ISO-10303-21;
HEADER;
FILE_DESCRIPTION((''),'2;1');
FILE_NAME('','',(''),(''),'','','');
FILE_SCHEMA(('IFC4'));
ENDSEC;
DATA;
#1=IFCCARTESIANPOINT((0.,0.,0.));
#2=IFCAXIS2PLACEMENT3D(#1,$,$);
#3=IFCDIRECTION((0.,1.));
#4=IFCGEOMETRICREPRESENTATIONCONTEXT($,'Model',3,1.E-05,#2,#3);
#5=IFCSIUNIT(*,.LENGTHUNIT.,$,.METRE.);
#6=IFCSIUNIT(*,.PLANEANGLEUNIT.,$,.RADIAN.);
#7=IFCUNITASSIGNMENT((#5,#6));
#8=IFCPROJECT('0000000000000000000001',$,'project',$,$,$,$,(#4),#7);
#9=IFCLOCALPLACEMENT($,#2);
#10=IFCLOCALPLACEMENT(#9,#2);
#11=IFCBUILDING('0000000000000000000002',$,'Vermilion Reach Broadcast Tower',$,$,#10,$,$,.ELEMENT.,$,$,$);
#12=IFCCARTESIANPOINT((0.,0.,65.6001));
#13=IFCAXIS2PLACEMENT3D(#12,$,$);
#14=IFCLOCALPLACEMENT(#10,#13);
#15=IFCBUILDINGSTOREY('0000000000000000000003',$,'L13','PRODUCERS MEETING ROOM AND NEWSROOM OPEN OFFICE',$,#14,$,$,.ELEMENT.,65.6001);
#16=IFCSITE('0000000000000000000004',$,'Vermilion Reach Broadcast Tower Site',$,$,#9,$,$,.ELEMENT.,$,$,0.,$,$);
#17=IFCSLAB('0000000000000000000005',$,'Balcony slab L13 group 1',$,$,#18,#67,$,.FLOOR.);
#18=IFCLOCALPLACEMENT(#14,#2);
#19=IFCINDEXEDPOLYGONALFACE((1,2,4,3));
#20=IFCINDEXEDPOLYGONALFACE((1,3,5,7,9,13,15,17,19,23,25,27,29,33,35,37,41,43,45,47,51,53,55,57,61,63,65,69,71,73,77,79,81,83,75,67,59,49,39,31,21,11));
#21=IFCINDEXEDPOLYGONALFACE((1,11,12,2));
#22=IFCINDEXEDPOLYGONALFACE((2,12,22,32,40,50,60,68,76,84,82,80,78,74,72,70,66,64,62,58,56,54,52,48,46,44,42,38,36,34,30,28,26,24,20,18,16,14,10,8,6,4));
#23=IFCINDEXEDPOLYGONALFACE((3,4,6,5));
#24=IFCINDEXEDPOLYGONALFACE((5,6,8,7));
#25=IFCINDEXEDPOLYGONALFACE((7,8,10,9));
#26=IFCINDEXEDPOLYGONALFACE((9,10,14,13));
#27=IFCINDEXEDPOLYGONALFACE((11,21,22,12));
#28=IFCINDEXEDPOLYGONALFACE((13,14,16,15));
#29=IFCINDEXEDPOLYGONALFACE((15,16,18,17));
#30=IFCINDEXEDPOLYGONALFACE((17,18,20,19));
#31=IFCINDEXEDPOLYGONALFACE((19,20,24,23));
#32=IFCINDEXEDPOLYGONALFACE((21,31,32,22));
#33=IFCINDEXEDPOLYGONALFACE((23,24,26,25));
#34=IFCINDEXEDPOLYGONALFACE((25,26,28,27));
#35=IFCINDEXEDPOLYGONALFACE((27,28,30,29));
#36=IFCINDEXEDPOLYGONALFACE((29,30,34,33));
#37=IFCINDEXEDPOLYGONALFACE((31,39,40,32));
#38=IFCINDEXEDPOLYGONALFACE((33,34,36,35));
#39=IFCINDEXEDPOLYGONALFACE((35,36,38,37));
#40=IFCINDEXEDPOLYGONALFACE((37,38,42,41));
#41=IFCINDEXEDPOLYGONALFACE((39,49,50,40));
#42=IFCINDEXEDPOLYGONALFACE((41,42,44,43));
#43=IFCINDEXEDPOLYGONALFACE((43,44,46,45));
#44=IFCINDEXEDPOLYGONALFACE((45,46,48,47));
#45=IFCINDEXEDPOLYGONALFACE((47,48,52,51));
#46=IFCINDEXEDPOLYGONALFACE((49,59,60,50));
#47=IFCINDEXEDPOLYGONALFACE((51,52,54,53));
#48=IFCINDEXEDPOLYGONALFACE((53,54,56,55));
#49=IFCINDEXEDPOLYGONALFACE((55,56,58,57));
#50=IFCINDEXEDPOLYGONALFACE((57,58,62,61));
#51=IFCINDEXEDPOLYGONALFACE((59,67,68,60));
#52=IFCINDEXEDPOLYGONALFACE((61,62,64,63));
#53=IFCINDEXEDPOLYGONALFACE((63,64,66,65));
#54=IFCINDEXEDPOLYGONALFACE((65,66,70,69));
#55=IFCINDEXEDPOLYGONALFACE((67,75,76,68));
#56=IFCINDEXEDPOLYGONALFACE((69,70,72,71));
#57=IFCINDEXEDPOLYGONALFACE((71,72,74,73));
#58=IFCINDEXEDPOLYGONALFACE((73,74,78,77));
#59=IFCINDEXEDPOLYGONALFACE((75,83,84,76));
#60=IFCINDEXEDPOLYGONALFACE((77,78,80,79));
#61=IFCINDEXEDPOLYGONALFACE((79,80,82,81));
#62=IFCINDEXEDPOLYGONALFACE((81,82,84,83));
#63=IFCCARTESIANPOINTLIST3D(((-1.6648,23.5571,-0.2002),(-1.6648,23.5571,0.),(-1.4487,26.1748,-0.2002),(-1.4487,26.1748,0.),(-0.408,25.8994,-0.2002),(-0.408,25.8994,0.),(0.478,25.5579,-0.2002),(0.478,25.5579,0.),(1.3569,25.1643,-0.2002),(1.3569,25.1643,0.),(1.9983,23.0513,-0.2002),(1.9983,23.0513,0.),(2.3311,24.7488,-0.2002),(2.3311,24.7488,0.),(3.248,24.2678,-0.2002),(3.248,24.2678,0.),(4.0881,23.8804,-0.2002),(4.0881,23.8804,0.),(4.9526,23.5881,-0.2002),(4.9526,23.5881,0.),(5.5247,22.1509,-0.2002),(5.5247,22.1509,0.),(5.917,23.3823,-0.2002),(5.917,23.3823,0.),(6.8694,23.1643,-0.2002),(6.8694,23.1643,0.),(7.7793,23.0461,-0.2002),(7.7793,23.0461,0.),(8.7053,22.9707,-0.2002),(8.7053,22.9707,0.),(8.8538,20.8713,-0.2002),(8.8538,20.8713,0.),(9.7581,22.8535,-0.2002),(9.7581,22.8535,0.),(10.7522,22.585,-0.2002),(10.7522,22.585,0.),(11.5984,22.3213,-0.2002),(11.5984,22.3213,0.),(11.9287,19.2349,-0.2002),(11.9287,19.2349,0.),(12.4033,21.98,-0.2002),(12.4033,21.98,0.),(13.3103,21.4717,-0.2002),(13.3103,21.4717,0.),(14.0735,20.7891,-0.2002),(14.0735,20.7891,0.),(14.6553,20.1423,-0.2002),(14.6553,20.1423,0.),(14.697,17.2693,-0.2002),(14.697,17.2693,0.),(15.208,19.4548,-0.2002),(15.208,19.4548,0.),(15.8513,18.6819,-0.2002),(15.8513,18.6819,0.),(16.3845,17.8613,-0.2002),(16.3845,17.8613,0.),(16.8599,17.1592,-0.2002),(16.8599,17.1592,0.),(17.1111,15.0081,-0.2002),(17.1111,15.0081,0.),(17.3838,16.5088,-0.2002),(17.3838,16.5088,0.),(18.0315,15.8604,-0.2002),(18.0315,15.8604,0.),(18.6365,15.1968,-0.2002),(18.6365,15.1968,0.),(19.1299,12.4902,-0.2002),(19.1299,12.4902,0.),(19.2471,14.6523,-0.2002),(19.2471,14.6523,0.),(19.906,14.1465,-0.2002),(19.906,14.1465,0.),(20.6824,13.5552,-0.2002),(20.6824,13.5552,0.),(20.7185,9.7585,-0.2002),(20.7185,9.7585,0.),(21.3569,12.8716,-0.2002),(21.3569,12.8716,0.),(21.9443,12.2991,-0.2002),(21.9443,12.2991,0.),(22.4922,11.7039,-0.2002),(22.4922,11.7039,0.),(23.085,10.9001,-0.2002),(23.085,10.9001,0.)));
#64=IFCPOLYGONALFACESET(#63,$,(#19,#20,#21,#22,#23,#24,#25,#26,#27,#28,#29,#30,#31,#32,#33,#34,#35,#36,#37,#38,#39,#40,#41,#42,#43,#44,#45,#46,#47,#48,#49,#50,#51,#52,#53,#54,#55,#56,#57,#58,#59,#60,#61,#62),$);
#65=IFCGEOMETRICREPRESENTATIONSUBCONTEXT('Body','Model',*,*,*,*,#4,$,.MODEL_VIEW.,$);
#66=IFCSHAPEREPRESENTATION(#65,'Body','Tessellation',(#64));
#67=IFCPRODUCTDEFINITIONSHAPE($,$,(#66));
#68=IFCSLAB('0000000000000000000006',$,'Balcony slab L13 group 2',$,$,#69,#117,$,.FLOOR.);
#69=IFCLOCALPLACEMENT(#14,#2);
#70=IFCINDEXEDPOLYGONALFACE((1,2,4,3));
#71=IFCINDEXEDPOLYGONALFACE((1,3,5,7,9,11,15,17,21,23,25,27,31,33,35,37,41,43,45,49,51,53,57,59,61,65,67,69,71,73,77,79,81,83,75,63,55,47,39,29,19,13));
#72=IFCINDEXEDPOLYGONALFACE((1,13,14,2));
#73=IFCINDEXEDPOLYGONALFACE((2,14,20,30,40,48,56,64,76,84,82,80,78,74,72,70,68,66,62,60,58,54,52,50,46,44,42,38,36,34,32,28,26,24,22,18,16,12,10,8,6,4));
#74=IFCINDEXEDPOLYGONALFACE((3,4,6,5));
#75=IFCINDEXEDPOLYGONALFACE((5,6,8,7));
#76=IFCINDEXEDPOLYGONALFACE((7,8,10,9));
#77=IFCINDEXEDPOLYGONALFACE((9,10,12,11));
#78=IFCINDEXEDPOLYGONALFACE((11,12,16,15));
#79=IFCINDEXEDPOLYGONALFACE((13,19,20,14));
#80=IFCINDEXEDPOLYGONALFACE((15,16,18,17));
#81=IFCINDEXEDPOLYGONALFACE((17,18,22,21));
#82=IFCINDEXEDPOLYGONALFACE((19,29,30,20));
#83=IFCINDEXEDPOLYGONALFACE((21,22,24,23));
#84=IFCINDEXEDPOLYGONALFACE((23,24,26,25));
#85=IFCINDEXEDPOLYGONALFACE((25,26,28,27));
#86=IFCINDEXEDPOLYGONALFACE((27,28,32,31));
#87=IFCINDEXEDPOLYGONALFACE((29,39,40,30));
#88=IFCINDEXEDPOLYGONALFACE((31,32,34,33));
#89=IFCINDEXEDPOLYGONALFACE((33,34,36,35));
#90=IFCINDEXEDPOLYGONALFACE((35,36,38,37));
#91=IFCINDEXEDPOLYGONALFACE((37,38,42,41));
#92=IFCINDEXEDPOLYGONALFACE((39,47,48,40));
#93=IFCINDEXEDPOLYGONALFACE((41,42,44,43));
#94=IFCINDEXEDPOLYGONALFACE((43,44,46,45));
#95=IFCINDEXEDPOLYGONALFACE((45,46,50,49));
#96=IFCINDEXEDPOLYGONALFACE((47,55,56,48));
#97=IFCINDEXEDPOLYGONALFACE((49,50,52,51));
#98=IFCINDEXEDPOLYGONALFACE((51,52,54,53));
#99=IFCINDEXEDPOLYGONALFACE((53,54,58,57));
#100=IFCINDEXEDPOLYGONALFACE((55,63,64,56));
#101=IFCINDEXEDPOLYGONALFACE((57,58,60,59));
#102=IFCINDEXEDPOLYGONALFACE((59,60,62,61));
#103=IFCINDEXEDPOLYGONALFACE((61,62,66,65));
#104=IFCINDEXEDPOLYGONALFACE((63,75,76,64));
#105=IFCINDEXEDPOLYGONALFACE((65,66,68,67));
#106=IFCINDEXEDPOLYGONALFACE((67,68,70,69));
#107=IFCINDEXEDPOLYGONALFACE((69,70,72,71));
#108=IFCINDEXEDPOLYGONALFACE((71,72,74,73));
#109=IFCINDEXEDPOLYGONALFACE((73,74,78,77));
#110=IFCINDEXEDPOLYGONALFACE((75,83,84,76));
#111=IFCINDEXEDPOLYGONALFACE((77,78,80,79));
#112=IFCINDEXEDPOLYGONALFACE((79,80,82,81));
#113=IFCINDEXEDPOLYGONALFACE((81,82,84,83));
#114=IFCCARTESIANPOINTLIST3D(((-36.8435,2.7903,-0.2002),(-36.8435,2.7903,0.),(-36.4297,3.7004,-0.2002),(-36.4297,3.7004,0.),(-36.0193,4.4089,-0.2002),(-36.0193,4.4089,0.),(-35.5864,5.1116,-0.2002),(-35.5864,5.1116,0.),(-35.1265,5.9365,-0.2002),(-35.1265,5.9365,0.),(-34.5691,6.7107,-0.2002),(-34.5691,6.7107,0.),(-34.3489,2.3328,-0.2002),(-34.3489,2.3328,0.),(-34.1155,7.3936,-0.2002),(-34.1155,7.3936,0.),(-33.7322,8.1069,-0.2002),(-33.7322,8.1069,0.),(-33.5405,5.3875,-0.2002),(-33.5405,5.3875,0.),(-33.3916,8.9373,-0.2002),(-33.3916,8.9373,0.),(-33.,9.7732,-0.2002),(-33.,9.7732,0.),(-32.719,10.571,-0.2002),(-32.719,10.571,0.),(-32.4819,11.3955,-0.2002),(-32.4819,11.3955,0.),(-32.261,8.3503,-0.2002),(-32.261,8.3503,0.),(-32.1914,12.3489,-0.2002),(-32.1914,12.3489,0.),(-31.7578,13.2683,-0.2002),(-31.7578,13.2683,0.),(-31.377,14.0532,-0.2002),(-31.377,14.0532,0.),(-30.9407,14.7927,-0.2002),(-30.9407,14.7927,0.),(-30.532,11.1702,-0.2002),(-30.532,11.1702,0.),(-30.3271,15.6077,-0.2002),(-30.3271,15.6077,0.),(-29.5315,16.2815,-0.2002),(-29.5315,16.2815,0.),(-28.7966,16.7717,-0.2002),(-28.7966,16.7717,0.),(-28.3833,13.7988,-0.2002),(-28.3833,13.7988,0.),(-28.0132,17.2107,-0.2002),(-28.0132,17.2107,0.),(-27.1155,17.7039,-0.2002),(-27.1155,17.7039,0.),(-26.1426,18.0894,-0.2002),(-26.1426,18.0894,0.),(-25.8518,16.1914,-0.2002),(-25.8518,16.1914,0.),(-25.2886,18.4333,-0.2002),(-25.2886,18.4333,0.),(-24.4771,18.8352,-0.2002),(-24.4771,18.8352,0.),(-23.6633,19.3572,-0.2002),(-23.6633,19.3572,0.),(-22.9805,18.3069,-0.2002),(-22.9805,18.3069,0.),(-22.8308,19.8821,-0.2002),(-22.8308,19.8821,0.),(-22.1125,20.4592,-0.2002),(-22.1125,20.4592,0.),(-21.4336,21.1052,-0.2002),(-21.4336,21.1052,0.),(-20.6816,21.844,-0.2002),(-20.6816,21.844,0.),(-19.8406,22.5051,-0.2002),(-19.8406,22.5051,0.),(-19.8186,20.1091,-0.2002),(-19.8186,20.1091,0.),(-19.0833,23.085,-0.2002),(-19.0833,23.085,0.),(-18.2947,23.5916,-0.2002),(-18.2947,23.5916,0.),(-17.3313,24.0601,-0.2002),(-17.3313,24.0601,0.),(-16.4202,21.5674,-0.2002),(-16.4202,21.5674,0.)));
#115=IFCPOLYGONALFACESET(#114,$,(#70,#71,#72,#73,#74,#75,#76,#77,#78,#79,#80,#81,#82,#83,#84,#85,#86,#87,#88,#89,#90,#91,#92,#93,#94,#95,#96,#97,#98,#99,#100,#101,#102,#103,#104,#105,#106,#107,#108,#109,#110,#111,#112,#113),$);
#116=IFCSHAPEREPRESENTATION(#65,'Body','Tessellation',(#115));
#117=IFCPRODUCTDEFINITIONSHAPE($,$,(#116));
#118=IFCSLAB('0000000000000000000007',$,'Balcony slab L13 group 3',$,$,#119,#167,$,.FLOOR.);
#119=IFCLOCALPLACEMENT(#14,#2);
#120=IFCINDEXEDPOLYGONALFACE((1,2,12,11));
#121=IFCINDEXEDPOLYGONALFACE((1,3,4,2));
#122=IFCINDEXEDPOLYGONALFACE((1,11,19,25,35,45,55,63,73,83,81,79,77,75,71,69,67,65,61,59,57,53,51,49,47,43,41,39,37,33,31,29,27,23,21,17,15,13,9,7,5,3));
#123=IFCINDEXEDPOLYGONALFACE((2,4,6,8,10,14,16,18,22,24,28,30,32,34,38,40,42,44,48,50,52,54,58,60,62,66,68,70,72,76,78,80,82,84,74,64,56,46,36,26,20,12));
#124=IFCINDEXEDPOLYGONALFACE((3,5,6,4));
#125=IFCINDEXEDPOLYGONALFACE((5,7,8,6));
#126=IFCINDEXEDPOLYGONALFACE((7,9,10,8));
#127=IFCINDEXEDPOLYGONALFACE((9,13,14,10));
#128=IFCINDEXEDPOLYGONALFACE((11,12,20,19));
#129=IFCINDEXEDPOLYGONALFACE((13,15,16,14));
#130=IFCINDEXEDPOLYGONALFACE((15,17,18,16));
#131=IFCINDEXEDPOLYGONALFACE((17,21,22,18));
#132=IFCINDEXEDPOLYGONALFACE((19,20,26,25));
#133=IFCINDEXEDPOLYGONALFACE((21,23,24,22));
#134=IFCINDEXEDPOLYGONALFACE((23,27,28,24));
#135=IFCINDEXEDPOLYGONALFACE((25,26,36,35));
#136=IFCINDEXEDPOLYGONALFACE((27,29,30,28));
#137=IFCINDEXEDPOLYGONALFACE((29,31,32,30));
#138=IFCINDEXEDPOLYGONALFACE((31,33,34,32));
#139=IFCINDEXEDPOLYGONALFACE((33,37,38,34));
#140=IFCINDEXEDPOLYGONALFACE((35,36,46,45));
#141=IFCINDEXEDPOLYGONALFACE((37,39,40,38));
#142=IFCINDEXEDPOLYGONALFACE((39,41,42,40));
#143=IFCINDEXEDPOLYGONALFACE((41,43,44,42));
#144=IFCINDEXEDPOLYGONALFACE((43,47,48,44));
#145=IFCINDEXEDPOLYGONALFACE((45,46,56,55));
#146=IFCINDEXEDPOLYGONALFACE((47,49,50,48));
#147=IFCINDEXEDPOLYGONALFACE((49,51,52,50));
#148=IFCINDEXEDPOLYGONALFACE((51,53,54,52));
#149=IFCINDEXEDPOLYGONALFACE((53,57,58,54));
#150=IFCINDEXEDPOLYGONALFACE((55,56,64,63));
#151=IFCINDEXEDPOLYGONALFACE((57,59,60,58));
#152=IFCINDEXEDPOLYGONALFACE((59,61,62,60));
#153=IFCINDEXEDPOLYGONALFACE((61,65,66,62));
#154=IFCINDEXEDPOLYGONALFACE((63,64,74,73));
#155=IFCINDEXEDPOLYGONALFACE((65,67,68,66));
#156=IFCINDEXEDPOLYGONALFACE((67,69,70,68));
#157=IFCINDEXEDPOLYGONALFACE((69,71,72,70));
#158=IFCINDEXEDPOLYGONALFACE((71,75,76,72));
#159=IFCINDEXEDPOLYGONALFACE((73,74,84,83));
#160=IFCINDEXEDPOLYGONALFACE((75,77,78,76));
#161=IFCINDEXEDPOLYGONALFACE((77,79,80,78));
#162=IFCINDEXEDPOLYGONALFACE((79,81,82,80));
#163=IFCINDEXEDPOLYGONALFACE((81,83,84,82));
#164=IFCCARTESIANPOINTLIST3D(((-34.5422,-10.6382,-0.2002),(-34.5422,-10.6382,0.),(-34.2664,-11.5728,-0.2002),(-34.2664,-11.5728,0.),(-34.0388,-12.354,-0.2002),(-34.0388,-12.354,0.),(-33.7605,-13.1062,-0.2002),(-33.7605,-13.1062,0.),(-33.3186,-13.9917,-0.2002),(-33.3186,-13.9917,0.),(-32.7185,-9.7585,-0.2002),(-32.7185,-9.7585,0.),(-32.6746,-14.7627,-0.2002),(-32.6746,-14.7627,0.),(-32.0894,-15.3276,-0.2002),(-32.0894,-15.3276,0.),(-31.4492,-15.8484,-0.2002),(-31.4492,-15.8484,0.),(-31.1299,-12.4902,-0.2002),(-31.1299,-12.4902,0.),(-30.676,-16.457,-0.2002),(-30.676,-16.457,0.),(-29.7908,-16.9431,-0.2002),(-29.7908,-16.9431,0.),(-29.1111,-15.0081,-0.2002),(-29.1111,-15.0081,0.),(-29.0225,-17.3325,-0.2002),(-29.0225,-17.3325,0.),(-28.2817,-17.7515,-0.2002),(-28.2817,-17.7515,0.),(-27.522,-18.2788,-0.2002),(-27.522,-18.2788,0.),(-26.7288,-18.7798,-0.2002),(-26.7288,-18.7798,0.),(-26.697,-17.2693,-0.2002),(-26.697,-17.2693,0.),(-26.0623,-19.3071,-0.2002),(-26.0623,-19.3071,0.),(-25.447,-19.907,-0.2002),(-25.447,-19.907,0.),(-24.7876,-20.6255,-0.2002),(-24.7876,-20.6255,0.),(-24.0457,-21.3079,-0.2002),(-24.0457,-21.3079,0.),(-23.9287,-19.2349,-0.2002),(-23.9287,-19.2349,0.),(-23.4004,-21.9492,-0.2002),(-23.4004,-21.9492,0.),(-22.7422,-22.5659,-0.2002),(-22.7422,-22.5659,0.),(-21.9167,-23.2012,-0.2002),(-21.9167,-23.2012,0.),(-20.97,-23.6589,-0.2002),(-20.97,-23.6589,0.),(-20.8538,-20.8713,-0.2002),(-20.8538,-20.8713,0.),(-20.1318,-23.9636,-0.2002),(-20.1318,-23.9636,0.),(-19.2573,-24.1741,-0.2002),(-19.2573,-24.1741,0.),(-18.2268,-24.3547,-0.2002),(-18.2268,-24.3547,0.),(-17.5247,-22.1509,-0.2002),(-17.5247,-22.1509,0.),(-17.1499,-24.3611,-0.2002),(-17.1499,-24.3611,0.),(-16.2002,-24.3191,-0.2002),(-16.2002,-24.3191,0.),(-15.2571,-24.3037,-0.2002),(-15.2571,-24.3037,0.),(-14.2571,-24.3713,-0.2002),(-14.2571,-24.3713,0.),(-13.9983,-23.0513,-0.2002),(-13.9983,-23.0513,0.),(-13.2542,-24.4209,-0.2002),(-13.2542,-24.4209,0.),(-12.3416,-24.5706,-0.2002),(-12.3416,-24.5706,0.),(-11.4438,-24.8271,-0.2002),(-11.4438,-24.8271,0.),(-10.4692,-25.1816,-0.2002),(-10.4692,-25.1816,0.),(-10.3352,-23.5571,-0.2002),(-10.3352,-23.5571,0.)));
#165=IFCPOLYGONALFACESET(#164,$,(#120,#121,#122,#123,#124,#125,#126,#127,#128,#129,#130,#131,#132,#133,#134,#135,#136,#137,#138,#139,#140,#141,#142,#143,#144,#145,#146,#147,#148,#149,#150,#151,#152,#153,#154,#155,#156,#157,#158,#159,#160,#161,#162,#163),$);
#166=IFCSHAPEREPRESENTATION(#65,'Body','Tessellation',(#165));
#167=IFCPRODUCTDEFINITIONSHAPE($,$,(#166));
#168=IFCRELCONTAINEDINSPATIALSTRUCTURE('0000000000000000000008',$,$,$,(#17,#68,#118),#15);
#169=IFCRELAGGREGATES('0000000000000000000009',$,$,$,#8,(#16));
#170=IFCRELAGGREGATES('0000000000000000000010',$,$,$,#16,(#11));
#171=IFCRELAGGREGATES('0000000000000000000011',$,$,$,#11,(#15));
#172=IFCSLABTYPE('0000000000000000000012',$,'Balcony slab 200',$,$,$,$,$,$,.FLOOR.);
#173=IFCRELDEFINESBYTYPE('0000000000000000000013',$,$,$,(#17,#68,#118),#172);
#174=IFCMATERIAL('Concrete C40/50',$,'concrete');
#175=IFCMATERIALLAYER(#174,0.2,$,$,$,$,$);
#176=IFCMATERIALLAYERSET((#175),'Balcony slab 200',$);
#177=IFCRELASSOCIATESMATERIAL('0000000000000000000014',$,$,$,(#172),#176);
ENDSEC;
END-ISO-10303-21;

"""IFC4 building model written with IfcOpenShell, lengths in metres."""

from ifc_helpers import new_model, si_unit, direction, frame, origin, place, context, subcontext, project, spatial, polyline, outline, extrude, material, layer, layer_set, type_object, element, save


model = new_model("IFC4")

# Units and contexts
model_context = context("Model", 3, precision=1e-05, world=origin(), true_north=direction((0.0, 1.0)))
body_context = subcontext(model_context, "Body", "Model", "MODEL_VIEW")
ifc_project = project(units=[si_unit("LENGTHUNIT", "METRE"), si_unit("PLANEANGLEUNIT", "RADIAN")], contexts=[model_context])

# Site, building, storey
site_placement = place(None, origin())
site = spatial("IfcSite", under=ifc_project, at=site_placement, Name="Vermilion Reach Broadcast Tower Site", CompositionType="ELEMENT", RefElevation=0.0)
building_placement = place(site_placement, origin())
building = spatial("IfcBuilding", under=site, at=building_placement, Name="Vermilion Reach Broadcast Tower", CompositionType="ELEMENT")
storey_placement = place(building_placement, frame((0.0, 0.0, 65.6001)))
storey = spatial("IfcBuildingStorey", under=building, at=storey_placement, Name="L13", Description="PRODUCERS MEETING ROOM AND NEWSROOM OPEN OFFICE", CompositionType="ELEMENT", Elevation=65.6001)

# Slabs
ifc_material_1 = material(Name="Concrete C40/50", Category="concrete")
ifc_layer_1 = layer(ifc_material_1, 0.2)
ifc_layer_set_1 = layer_set([ifc_layer_1], Name="Balcony slab 200")
slab_type_1 = type_object("IfcSlabType", Name="Balcony slab 200", PredefinedType="FLOOR", material=ifc_layer_set_1)
placement_1 = place(storey_placement, frame((0.0, 0.0, -0.2002)))
element("IfcSlab", 1, at=placement_1, inside=storey, type_object=slab_type_1, Name="Balcony slab L13 group 1", PredefinedType="FLOOR", context=body_context, shape_type="SweptSolid", body=[
    extrude(outline(polyline([(20.7185, 9.7585), (19.1299, 12.4902), (17.1111, 15.0081), (14.697, 17.2693), (11.9287, 19.2349), (8.8538, 20.8713), (5.5247, 22.1509), (1.9983, 23.0513), (-1.6648, 23.5571), (-1.4487, 26.1748), (-0.408, 25.8994), (0.478, 25.5579), (1.3569, 25.1643), (2.3311, 24.7488), (3.248, 24.2678), (4.0881, 23.8804), (4.9526, 23.5881), (5.917, 23.3823), (6.8694, 23.1643), (7.7793, 23.0461), (8.7053, 22.9707), (9.7581, 22.8535), (10.7522, 22.585), (11.5984, 22.3213), (12.4033, 21.98), (13.3103, 21.4717), (14.0735, 20.7891), (14.6553, 20.1423), (15.208, 19.4548), (15.8513, 18.6819), (16.3845, 17.8613), (16.8599, 17.1592), (17.3838, 16.5088), (18.0315, 15.8604), (18.6365, 15.1968), (19.2471, 14.6523), (19.906, 14.1465), (20.6824, 13.5552), (21.3569, 12.8716), (21.9443, 12.2991), (22.4922, 11.7039), (23.085, 10.9001), (20.7185, 9.7585)])), origin(), (0.0, 0.0, 1.0), 0.2002),
])
element("IfcSlab", 2, at=placement_1, inside=storey, type_object=slab_type_1, Name="Balcony slab L13 group 2", PredefinedType="FLOOR", context=body_context, shape_type="SweptSolid", body=[
    extrude(outline(polyline([(-16.4202, 21.5674), (-19.8186, 20.1091), (-22.9805, 18.3069), (-25.8518, 16.1914), (-28.3833, 13.7988), (-30.532, 11.1702), (-32.261, 8.3503), (-33.5405, 5.3875), (-34.3489, 2.3328), (-36.8435, 2.7903), (-36.4297, 3.7004), (-36.0193, 4.4089), (-35.5864, 5.1116), (-35.1265, 5.9365), (-34.5691, 6.7107), (-34.1155, 7.3936), (-33.7322, 8.1069), (-33.3916, 8.9373), (-33.0, 9.7732), (-32.719, 10.571), (-32.4819, 11.3955), (-32.1914, 12.3489), (-31.7578, 13.2683), (-31.377, 14.0532), (-30.9407, 14.7927), (-30.3271, 15.6077), (-29.5315, 16.2815), (-28.7966, 16.7717), (-28.0132, 17.2107), (-27.1155, 17.7039), (-26.1426, 18.0894), (-25.2886, 18.4333), (-24.4771, 18.8352), (-23.6633, 19.3572), (-22.8308, 19.8821), (-22.1125, 20.4592), (-21.4336, 21.1052), (-20.6816, 21.844), (-19.8406, 22.5051), (-19.0833, 23.085), (-18.2947, 23.5916), (-17.3313, 24.0601), (-16.4202, 21.5674)])), origin(), (0.0, 0.0, 1.0), 0.2002),
])
element("IfcSlab", 3, at=placement_1, inside=storey, type_object=slab_type_1, Name="Balcony slab L13 group 3", PredefinedType="FLOOR", context=body_context, shape_type="SweptSolid", body=[
    extrude(outline(polyline([(-32.7185, -9.7585), (-31.1299, -12.4902), (-29.1111, -15.0081), (-26.697, -17.2693), (-23.9287, -19.2349), (-20.8538, -20.8713), (-17.5247, -22.1509), (-13.9983, -23.0513), (-10.3352, -23.5571), (-10.4692, -25.1816), (-11.4438, -24.8271), (-12.3416, -24.5706), (-13.2542, -24.4209), (-14.2571, -24.3713), (-15.2571, -24.3037), (-16.2002, -24.3191), (-17.1499, -24.3611), (-18.2268, -24.3547), (-19.2573, -24.1741), (-20.1318, -23.9636), (-20.97, -23.6589), (-21.9167, -23.2012), (-22.7422, -22.5659), (-23.4004, -21.9492), (-24.0457, -21.3079), (-24.7876, -20.6255), (-25.447, -19.907), (-26.0623, -19.3071), (-26.7288, -18.7798), (-27.522, -18.2788), (-28.2817, -17.7515), (-29.0225, -17.3325), (-29.7908, -16.9431), (-30.676, -16.457), (-31.4492, -15.8484), (-32.0894, -15.3276), (-32.6746, -14.7627), (-33.3186, -13.9917), (-33.7605, -13.1062), (-34.0388, -12.354), (-34.2664, -11.5728), (-34.5422, -10.6382), (-32.7185, -9.7585)])), origin(), (0.0, 0.0, 1.0), 0.2002),
])

save(model, "model.ifc")
